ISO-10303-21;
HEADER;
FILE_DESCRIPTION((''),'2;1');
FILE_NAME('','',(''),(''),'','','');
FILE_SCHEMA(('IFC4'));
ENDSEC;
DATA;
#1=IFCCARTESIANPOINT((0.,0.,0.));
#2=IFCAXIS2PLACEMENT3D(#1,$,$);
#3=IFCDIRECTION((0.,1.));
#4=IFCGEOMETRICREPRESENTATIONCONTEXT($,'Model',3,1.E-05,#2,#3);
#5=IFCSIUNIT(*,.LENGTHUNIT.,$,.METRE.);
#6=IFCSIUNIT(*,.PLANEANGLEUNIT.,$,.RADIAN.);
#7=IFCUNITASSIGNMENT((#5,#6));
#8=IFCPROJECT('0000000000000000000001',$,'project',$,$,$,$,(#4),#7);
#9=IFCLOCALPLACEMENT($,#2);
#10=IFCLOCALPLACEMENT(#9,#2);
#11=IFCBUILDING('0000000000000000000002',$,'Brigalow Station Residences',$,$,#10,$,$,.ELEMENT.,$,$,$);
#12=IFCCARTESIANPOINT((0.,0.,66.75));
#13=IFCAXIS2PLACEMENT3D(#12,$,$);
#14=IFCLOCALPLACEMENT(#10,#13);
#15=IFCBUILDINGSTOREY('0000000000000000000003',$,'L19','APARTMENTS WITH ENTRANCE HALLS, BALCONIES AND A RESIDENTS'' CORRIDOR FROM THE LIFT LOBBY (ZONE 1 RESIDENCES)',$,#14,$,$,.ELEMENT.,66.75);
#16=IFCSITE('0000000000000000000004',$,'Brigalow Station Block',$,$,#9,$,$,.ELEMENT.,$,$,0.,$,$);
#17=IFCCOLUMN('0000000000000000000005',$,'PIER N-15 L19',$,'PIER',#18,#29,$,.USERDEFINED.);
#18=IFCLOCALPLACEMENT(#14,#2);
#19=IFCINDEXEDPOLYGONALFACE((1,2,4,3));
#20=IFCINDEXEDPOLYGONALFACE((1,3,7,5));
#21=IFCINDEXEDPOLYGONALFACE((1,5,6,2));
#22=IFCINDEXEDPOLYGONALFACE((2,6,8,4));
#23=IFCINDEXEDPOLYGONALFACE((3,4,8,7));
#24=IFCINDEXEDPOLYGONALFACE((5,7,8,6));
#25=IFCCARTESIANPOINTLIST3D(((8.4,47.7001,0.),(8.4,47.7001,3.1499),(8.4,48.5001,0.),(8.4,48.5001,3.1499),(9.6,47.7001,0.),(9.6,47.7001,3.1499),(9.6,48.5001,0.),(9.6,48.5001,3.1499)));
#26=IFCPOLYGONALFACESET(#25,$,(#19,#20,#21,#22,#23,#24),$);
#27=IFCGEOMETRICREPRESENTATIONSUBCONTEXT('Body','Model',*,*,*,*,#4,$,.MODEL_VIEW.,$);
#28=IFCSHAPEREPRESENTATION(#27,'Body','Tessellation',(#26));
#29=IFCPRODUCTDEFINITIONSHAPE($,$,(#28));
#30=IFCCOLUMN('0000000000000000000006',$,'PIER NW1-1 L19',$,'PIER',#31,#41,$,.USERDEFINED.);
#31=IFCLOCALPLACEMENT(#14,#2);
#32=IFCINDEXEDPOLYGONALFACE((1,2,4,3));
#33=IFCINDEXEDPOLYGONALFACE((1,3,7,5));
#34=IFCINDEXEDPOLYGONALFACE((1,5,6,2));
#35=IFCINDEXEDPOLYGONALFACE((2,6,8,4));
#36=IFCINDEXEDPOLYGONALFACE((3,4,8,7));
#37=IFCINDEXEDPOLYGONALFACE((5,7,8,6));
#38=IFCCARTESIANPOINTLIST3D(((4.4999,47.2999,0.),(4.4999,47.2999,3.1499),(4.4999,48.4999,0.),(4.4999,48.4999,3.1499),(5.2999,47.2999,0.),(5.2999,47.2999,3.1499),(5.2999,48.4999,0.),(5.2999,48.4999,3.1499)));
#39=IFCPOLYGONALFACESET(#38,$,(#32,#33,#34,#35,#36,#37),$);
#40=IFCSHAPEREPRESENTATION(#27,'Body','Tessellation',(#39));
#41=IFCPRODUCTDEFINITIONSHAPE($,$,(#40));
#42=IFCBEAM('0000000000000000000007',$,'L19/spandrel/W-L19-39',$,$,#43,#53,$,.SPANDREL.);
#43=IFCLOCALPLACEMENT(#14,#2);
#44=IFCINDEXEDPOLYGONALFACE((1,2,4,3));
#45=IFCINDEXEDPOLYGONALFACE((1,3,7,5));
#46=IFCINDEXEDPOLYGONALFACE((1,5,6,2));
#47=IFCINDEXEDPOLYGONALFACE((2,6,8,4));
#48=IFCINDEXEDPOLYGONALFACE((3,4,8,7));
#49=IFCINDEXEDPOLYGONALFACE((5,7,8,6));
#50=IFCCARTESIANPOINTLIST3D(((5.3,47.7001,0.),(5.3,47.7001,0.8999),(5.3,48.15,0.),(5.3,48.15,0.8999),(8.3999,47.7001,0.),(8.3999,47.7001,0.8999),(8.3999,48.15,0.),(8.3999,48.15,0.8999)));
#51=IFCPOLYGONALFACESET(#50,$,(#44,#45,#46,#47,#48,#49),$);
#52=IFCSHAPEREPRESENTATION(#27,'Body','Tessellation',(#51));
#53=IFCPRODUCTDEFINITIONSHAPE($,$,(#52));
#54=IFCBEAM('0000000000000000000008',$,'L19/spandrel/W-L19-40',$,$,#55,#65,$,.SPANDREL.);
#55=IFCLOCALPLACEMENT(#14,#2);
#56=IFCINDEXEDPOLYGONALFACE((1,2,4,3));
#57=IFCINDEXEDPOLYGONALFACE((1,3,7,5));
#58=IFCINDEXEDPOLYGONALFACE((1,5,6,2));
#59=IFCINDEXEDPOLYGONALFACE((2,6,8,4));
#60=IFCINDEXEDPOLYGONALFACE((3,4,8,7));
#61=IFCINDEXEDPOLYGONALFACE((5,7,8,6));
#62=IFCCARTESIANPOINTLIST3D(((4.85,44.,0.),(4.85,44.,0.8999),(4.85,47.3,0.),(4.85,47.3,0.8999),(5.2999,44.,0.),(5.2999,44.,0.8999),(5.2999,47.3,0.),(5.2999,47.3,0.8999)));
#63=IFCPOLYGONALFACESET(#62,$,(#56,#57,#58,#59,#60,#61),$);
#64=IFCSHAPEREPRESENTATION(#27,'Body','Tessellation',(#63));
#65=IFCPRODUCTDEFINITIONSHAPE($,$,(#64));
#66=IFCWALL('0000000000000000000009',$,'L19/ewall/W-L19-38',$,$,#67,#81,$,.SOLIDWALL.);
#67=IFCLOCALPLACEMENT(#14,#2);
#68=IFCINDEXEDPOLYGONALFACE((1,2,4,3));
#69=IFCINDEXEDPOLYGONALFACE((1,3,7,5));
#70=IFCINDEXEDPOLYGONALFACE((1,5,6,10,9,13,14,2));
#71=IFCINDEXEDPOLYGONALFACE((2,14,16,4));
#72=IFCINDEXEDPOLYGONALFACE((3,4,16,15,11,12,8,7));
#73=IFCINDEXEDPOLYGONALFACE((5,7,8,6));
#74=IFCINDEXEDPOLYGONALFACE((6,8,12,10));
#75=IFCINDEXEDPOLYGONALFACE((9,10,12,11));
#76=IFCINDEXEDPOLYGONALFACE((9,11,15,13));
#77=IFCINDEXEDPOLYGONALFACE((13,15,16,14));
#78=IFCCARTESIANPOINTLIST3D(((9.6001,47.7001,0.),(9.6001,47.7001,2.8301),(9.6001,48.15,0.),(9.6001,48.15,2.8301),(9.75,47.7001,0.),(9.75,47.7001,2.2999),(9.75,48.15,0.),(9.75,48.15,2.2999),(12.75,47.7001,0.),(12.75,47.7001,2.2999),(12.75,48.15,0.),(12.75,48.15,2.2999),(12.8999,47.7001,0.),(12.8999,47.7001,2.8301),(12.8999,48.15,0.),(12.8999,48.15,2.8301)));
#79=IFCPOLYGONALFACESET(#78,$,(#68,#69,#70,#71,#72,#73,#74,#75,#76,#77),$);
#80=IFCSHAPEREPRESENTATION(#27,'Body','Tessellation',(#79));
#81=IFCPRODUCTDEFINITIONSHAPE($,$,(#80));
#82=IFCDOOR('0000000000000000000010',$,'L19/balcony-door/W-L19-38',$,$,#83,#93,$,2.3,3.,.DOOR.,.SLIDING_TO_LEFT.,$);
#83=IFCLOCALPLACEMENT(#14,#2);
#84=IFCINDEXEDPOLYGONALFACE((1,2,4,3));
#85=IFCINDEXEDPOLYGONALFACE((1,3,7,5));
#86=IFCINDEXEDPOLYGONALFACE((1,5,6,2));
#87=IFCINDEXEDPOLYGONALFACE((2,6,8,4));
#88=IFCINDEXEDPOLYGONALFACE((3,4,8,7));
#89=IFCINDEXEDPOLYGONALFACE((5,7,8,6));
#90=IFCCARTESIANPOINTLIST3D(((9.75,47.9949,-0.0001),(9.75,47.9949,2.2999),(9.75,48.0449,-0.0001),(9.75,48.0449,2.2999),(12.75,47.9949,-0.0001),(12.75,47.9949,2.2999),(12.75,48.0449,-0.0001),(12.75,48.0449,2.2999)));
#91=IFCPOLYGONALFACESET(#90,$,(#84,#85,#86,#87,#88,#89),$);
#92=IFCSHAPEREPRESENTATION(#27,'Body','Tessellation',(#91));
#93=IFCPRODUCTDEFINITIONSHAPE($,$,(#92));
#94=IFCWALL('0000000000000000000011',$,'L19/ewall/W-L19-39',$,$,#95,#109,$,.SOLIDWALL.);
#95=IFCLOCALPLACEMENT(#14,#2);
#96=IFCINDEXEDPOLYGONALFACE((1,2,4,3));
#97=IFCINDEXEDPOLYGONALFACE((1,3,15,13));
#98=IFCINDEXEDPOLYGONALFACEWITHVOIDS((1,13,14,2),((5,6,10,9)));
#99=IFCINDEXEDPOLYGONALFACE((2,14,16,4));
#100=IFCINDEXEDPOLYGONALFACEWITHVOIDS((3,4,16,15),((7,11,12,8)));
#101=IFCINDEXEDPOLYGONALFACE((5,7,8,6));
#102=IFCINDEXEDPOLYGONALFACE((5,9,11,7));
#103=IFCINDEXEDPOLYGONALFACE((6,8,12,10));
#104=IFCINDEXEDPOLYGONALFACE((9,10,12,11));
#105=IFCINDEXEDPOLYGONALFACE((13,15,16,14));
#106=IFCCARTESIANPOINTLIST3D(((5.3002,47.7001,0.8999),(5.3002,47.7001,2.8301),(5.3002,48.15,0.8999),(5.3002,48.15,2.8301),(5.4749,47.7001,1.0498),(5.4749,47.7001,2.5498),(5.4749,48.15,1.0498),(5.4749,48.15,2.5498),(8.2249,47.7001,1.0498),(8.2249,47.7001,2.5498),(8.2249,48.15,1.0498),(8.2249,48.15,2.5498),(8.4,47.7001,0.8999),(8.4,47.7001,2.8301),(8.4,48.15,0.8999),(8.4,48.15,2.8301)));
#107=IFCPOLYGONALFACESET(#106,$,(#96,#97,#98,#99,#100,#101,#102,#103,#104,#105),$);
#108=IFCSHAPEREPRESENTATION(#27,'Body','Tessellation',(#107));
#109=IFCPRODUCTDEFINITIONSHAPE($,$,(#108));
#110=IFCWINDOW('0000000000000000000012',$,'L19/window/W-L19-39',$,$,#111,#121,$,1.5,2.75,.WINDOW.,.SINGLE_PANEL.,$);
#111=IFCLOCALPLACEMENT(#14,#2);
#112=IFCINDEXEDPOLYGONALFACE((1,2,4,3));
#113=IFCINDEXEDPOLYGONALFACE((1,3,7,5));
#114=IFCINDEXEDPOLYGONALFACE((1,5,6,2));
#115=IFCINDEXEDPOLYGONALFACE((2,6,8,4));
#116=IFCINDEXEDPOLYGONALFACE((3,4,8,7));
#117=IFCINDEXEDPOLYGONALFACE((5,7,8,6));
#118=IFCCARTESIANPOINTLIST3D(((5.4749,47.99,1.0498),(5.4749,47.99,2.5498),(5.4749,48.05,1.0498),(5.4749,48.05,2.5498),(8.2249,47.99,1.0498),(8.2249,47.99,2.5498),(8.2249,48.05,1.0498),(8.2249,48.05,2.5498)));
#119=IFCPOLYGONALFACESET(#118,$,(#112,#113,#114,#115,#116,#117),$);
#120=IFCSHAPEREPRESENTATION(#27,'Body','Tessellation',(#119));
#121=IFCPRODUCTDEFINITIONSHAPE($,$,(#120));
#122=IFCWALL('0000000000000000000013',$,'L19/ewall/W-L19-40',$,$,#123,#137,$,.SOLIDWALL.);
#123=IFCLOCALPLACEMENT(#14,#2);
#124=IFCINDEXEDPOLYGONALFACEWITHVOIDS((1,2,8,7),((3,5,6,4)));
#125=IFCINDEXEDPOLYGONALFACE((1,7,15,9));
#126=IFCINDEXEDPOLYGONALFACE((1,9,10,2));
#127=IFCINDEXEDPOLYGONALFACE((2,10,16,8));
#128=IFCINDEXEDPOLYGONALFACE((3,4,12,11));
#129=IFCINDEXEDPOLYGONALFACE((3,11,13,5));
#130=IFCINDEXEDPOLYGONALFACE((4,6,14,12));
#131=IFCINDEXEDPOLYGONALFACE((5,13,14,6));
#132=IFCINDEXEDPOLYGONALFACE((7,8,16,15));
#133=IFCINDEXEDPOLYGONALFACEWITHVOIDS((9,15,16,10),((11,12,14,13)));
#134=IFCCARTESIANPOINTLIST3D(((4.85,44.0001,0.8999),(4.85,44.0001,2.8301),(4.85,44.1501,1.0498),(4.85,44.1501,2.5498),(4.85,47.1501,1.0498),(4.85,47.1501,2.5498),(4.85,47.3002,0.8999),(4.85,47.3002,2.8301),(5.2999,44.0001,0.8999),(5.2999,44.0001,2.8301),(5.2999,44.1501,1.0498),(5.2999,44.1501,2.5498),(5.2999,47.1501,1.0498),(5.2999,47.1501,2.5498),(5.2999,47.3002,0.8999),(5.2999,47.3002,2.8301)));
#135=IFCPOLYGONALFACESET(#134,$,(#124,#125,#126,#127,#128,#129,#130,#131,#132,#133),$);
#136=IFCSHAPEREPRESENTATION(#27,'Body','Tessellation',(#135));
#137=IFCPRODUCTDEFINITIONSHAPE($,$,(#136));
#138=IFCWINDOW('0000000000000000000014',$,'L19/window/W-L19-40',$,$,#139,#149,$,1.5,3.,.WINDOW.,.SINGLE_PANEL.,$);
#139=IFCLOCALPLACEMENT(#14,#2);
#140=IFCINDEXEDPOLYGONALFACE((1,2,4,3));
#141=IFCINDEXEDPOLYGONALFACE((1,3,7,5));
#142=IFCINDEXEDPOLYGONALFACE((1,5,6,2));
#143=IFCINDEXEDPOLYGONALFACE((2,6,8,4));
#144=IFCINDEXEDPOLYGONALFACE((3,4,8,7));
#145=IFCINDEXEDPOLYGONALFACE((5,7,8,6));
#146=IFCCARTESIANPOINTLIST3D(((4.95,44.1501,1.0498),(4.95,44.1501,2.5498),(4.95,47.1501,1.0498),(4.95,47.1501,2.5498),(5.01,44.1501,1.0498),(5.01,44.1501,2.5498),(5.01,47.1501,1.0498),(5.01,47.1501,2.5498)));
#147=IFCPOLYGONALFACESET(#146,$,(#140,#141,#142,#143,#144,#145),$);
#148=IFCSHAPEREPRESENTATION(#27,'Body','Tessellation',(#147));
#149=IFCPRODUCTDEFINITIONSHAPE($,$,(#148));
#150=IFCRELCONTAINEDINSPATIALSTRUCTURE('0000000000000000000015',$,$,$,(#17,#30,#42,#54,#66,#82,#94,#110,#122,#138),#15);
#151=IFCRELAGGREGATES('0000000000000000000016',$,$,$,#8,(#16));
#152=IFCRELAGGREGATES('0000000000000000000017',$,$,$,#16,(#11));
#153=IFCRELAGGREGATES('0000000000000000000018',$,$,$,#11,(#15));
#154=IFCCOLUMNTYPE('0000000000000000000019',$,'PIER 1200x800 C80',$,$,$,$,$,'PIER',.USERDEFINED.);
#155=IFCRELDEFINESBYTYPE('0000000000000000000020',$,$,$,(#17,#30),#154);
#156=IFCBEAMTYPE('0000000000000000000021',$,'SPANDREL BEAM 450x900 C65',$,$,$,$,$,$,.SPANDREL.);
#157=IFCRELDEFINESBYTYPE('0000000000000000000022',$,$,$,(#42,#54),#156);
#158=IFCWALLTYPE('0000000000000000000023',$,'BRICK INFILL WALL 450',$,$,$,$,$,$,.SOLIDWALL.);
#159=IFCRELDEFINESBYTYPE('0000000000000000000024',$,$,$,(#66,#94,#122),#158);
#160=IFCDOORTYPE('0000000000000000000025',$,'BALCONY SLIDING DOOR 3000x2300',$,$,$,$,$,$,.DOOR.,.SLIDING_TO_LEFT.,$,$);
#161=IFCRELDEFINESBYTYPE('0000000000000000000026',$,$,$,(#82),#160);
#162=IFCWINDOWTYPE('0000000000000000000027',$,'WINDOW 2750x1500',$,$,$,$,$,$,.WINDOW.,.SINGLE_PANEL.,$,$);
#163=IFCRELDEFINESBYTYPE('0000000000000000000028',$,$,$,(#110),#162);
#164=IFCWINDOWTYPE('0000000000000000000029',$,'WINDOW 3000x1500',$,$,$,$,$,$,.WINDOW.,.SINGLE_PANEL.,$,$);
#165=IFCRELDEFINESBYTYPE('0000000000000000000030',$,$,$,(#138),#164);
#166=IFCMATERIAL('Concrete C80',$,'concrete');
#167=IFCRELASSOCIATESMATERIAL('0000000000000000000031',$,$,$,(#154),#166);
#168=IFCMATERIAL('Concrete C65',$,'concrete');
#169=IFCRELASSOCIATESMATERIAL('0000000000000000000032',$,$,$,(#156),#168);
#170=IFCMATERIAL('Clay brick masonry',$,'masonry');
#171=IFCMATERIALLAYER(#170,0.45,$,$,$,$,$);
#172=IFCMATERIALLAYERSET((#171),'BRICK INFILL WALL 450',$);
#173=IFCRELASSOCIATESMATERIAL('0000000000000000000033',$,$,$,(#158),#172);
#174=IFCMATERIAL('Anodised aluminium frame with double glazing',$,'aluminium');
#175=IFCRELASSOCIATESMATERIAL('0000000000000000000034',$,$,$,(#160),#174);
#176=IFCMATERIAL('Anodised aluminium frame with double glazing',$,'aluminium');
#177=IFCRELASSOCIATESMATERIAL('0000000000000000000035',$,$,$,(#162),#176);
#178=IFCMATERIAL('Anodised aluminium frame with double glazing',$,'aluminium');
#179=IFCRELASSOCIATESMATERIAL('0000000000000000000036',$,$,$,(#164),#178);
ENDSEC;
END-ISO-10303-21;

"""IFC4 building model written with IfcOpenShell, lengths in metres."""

from ifc_helpers import new_model, si_unit, direction, frame, frame_2d, origin, origin_2d, place, context, subcontext, project, spatial, rectangle, extrude, material, layer, layer_set, material_profile, profile_set, type_object, element, fill, save


model = new_model("IFC4")

# Units and contexts
model_context = context("Model", 3, precision=1e-05, world=origin(), true_north=direction((0.0, 1.0)))
body_context = subcontext(model_context, "Body", "Model", "MODEL_VIEW")
ifc_project = project(units=[si_unit("LENGTHUNIT", "METRE"), si_unit("PLANEANGLEUNIT", "RADIAN")], contexts=[model_context])

# Site, building, storey
site_placement = place(None, origin())
site = spatial("IfcSite", under=ifc_project, at=site_placement, Name="Brigalow Station Block", CompositionType="ELEMENT", RefElevation=0.0)
building_placement = place(site_placement, origin())
building = spatial("IfcBuilding", under=site, at=building_placement, Name="Brigalow Station Residences", CompositionType="ELEMENT")
storey_placement = place(building_placement, frame((0.0, 0.0, 66.75)))
storey = spatial("IfcBuildingStorey", under=building, at=storey_placement, Name="L19", Description="APARTMENTS WITH ENTRANCE HALLS, BALCONIES AND A RESIDENTS' CORRIDOR FROM THE LIFT LOBBY (ZONE 1 RESIDENCES)", CompositionType="ELEMENT", Elevation=66.75)

# Columns
ifc_material_1 = material(Name="Concrete C80", Category="concrete")
ifc_material_profile_1 = material_profile(ifc_material_1, rectangle(XDim=1.2, YDim=0.8, at=origin_2d()), Name="RC1200x800")
ifc_profile_set_1 = profile_set([ifc_material_profile_1], Name="Concrete C80")
column_type = type_object("IfcColumnType", Name="PIER 1200x800 C80", ElementType="PIER", PredefinedType="USERDEFINED", material=ifc_profile_set_1)
for number, where, z_axis, x_axis, name in (
    (1, (9.0, 48.1001, 0.0), (0.0, 0.0, 1.0), (-1.0, 0.0, 0.0), "PIER N-15 L19"),
    (2, (4.8999, 47.8999, 0.0), (0.0, 0.0, 1.0), (0.0, -1.0, 0.0), "PIER NW1-1 L19"),
):
    element("IfcColumn", number, at=place(storey_placement, frame(where, z_axis=z_axis, x_axis=x_axis)), inside=storey, type_object=column_type, Name=name, ObjectType="PIER", PredefinedType="USERDEFINED", context=body_context, shape_type="SweptSolid", body=[
        extrude(rectangle(XDim=1.2, YDim=0.8, at=origin_2d()), origin(), (0.0, 0.0, 1.0), 3.1499),
    ])

# Beams
ifc_material_2 = material(Name="Concrete C65", Category="concrete")
ifc_material_profile_2 = material_profile(ifc_material_2, rectangle(XDim=0.45, YDim=0.8999, at=origin_2d()), Name="RC450x900")
ifc_profile_set_2 = profile_set([ifc_material_profile_2], Name="Concrete C65")
beam_type = type_object("IfcBeamType", Name="SPANDREL BEAM 450x900 C65", PredefinedType="SPANDREL", material=ifc_profile_set_2)
beam_1_placement = place(storey_placement, frame((8.3999, 47.925, 0.45), z_axis=(-1.0, 0.0, 0.0), x_axis=(0.0, -1.0, 0.0)))
element("IfcBeam", 3, at=beam_1_placement, inside=storey, type_object=beam_type, Name="L19/spandrel/W-L19-39", PredefinedType="SPANDREL", context=body_context, shape_type="SweptSolid", body=[
    extrude(rectangle(XDim=0.45, YDim=0.8999, at=origin_2d()), origin(), (0.0, 0.0, 1.0), 3.0999),
])
beam_2_placement = place(storey_placement, frame((5.075, 47.3, 0.45), z_axis=(0.0, -1.0, 0.0), x_axis=(1.0, 0.0, 0.0)))
element("IfcBeam", 4, at=beam_2_placement, inside=storey, type_object=beam_type, Name="L19/spandrel/W-L19-40", PredefinedType="SPANDREL", context=body_context, shape_type="SweptSolid", body=[
    extrude(rectangle(XDim=0.45, YDim=0.8999, at=origin_2d()), origin(), (0.0, 0.0, 1.0), 3.3),
])

# Wall, opening, door
ifc_material_3 = material(Name="Clay brick masonry", Category="masonry")
ifc_layer_1 = layer(ifc_material_3, 0.45)
ifc_layer_set_1 = layer_set([ifc_layer_1], Name="BRICK INFILL WALL 450")
wall_type_1 = type_object("IfcWallType", Name="BRICK INFILL WALL 450", PredefinedType="SOLIDWALL", material=ifc_layer_set_1)
wall_1_placement = place(storey_placement, frame((12.8999, 47.925, 0.0), z_axis=(0.0, 0.0, 1.0), x_axis=(-1.0, 0.0, 0.0)))
wall_1 = element("IfcWall", 5, at=wall_1_placement, inside=storey, type_object=wall_type_1, Name="L19/ewall/W-L19-38", PredefinedType="SOLIDWALL", context=body_context, shape_type="SweptSolid", body=[
    extrude(rectangle(XDim=3.2998, YDim=0.45, at=frame_2d((1.6499, 0.0))), origin(), (0.0, 0.0, 1.0), 2.8301),
])
opening_1_placement = place(wall_1_placement, frame((0.1499, 0.0, 0.0)))
opening_1 = element("IfcOpeningElement", 6, at=opening_1_placement, cuts=wall_1, PredefinedType="OPENING", context=body_context, shape_type="SweptSolid", body=[
    extrude(rectangle(XDim=3.0, YDim=2.3, at=frame_2d((1.5, 1.1499))), frame((0.0, 0.2349, 0.0), z_axis=(0.0, -1.0, 0.0), x_axis=(1.0, 0.0, 0.0)), (0.0, 0.0, 1.0), 0.47),
])
ifc_material_4 = material(Name="Anodised aluminium frame with double glazing", Category="aluminium")
door_type_1 = type_object("IfcDoorType", Name="BALCONY SLIDING DOOR 3000x2300", OperationType="SLIDING_TO_LEFT", PredefinedType="DOOR", material=ifc_material_4)
door_1_placement = place(opening_1_placement, origin())
door_1 = element("IfcDoor", 7, at=door_1_placement, inside=storey, type_object=door_type_1, Name="L19/balcony-door/W-L19-38", OperationType="SLIDING_TO_LEFT", OverallHeight=2.3, OverallWidth=3.0, PredefinedType="DOOR", context=body_context, shape_type="SweptSolid", body=[
    extrude(rectangle(XDim=3.0, YDim=2.3, at=frame_2d((1.5, 1.1499))), frame((0.0, -0.0698, 0.0), z_axis=(0.0, -1.0, 0.0), x_axis=(1.0, 0.0, 0.0)), (0.0, 0.0, 1.0), 0.05),
])
fill(opening_1, door_1)

# Walls, openings, windows
wall_2_placement = place(storey_placement, frame((8.3999, 47.925, 0.8999), z_axis=(0.0, 0.0, 1.0), x_axis=(-1.0, 0.0, 0.0)))
wall_2 = element("IfcWall", 8, at=wall_2_placement, inside=storey, type_object=wall_type_1, Name="L19/ewall/W-L19-39", PredefinedType="SOLIDWALL", context=body_context, shape_type="SweptSolid", body=[
    extrude(rectangle(XDim=3.0999, YDim=0.45, at=frame_2d((1.5498, 0.0))), origin(), (0.0, 0.0, 1.0), 1.9302),
])
opening_2_placement = place(wall_2_placement, frame((0.175, 0.0, 0.1499)))
opening_2 = element("IfcOpeningElement", 9, at=opening_2_placement, cuts=wall_2, PredefinedType="OPENING", context=body_context, shape_type="SweptSolid", body=[
    extrude(rectangle(XDim=2.75, YDim=1.5, at=frame_2d((1.375, 0.75))), frame((0.0, 0.2349, 0.0), z_axis=(0.0, -1.0, 0.0), x_axis=(1.0, 0.0, 0.0)), (0.0, 0.0, 1.0), 0.47),
])
ifc_material_5 = material(Name="Anodised aluminium frame with double glazing", Category="aluminium")
window_type_1 = type_object("IfcWindowType", Name="WINDOW 2750x1500", PartitioningType="SINGLE_PANEL", PredefinedType="WINDOW", material=ifc_material_5)
window_1_placement = place(opening_2_placement, origin())
window_1 = element("IfcWindow", 10, at=window_1_placement, inside=storey, type_object=window_type_1, Name="L19/window/W-L19-39", OverallHeight=1.5, OverallWidth=2.75, PartitioningType="SINGLE_PANEL", PredefinedType="WINDOW", context=body_context, shape_type="SweptSolid", body=[
    extrude(rectangle(XDim=2.75, YDim=1.5, at=frame_2d((1.375, 0.75))), frame((0.0, -0.0649, 0.0), z_axis=(0.0, -1.0, 0.0), x_axis=(1.0, 0.0, 0.0)), (0.0, 0.0, 1.0), 0.0601),
])
fill(opening_2, window_1)
wall_3_placement = place(storey_placement, frame((5.075, 47.3, 0.8999), z_axis=(0.0, 0.0, 1.0), x_axis=(0.0, -1.0, 0.0)))
wall_3 = element("IfcWall", 11, at=wall_3_placement, inside=storey, type_object=wall_type_1, Name="L19/ewall/W-L19-40", PredefinedType="SOLIDWALL", context=body_context, shape_type="SweptSolid", body=[
    extrude(rectangle(XDim=3.3, YDim=0.45, at=frame_2d((1.6499, 0.0))), origin(), (0.0, 0.0, 1.0), 1.9302),
])
opening_3_placement = place(wall_3_placement, frame((0.1499, 0.0, 0.1499)))
opening_3 = element("IfcOpeningElement", 12, at=opening_3_placement, cuts=wall_3, PredefinedType="OPENING", context=body_context, shape_type="SweptSolid", body=[
    extrude(rectangle(XDim=3.0, YDim=1.5, at=frame_2d((1.5, 0.75))), frame((0.0, 0.2349, 0.0), z_axis=(0.0, -1.0, 0.0), x_axis=(1.0, 0.0, 0.0)), (0.0, 0.0, 1.0), 0.47),
])
ifc_material_6 = material(Name="Anodised aluminium frame with double glazing", Category="aluminium")
window_type_2 = type_object("IfcWindowType", Name="WINDOW 3000x1500", PartitioningType="SINGLE_PANEL", PredefinedType="WINDOW", material=ifc_material_6)
window_2_placement = place(opening_3_placement, origin())
window_2 = element("IfcWindow", 13, at=window_2_placement, inside=storey, type_object=window_type_2, Name="L19/window/W-L19-40", OverallHeight=1.5, OverallWidth=3.0, PartitioningType="SINGLE_PANEL", PredefinedType="WINDOW", context=body_context, shape_type="SweptSolid", body=[
    extrude(rectangle(XDim=3.0, YDim=1.5, at=frame_2d((1.5, 0.75))), frame((0.0, -0.0649, 0.0), z_axis=(0.0, -1.0, 0.0), x_axis=(1.0, 0.0, 0.0)), (0.0, 0.0, 1.0), 0.0601),
])
fill(opening_3, window_2)

save(model, "model.ifc")
